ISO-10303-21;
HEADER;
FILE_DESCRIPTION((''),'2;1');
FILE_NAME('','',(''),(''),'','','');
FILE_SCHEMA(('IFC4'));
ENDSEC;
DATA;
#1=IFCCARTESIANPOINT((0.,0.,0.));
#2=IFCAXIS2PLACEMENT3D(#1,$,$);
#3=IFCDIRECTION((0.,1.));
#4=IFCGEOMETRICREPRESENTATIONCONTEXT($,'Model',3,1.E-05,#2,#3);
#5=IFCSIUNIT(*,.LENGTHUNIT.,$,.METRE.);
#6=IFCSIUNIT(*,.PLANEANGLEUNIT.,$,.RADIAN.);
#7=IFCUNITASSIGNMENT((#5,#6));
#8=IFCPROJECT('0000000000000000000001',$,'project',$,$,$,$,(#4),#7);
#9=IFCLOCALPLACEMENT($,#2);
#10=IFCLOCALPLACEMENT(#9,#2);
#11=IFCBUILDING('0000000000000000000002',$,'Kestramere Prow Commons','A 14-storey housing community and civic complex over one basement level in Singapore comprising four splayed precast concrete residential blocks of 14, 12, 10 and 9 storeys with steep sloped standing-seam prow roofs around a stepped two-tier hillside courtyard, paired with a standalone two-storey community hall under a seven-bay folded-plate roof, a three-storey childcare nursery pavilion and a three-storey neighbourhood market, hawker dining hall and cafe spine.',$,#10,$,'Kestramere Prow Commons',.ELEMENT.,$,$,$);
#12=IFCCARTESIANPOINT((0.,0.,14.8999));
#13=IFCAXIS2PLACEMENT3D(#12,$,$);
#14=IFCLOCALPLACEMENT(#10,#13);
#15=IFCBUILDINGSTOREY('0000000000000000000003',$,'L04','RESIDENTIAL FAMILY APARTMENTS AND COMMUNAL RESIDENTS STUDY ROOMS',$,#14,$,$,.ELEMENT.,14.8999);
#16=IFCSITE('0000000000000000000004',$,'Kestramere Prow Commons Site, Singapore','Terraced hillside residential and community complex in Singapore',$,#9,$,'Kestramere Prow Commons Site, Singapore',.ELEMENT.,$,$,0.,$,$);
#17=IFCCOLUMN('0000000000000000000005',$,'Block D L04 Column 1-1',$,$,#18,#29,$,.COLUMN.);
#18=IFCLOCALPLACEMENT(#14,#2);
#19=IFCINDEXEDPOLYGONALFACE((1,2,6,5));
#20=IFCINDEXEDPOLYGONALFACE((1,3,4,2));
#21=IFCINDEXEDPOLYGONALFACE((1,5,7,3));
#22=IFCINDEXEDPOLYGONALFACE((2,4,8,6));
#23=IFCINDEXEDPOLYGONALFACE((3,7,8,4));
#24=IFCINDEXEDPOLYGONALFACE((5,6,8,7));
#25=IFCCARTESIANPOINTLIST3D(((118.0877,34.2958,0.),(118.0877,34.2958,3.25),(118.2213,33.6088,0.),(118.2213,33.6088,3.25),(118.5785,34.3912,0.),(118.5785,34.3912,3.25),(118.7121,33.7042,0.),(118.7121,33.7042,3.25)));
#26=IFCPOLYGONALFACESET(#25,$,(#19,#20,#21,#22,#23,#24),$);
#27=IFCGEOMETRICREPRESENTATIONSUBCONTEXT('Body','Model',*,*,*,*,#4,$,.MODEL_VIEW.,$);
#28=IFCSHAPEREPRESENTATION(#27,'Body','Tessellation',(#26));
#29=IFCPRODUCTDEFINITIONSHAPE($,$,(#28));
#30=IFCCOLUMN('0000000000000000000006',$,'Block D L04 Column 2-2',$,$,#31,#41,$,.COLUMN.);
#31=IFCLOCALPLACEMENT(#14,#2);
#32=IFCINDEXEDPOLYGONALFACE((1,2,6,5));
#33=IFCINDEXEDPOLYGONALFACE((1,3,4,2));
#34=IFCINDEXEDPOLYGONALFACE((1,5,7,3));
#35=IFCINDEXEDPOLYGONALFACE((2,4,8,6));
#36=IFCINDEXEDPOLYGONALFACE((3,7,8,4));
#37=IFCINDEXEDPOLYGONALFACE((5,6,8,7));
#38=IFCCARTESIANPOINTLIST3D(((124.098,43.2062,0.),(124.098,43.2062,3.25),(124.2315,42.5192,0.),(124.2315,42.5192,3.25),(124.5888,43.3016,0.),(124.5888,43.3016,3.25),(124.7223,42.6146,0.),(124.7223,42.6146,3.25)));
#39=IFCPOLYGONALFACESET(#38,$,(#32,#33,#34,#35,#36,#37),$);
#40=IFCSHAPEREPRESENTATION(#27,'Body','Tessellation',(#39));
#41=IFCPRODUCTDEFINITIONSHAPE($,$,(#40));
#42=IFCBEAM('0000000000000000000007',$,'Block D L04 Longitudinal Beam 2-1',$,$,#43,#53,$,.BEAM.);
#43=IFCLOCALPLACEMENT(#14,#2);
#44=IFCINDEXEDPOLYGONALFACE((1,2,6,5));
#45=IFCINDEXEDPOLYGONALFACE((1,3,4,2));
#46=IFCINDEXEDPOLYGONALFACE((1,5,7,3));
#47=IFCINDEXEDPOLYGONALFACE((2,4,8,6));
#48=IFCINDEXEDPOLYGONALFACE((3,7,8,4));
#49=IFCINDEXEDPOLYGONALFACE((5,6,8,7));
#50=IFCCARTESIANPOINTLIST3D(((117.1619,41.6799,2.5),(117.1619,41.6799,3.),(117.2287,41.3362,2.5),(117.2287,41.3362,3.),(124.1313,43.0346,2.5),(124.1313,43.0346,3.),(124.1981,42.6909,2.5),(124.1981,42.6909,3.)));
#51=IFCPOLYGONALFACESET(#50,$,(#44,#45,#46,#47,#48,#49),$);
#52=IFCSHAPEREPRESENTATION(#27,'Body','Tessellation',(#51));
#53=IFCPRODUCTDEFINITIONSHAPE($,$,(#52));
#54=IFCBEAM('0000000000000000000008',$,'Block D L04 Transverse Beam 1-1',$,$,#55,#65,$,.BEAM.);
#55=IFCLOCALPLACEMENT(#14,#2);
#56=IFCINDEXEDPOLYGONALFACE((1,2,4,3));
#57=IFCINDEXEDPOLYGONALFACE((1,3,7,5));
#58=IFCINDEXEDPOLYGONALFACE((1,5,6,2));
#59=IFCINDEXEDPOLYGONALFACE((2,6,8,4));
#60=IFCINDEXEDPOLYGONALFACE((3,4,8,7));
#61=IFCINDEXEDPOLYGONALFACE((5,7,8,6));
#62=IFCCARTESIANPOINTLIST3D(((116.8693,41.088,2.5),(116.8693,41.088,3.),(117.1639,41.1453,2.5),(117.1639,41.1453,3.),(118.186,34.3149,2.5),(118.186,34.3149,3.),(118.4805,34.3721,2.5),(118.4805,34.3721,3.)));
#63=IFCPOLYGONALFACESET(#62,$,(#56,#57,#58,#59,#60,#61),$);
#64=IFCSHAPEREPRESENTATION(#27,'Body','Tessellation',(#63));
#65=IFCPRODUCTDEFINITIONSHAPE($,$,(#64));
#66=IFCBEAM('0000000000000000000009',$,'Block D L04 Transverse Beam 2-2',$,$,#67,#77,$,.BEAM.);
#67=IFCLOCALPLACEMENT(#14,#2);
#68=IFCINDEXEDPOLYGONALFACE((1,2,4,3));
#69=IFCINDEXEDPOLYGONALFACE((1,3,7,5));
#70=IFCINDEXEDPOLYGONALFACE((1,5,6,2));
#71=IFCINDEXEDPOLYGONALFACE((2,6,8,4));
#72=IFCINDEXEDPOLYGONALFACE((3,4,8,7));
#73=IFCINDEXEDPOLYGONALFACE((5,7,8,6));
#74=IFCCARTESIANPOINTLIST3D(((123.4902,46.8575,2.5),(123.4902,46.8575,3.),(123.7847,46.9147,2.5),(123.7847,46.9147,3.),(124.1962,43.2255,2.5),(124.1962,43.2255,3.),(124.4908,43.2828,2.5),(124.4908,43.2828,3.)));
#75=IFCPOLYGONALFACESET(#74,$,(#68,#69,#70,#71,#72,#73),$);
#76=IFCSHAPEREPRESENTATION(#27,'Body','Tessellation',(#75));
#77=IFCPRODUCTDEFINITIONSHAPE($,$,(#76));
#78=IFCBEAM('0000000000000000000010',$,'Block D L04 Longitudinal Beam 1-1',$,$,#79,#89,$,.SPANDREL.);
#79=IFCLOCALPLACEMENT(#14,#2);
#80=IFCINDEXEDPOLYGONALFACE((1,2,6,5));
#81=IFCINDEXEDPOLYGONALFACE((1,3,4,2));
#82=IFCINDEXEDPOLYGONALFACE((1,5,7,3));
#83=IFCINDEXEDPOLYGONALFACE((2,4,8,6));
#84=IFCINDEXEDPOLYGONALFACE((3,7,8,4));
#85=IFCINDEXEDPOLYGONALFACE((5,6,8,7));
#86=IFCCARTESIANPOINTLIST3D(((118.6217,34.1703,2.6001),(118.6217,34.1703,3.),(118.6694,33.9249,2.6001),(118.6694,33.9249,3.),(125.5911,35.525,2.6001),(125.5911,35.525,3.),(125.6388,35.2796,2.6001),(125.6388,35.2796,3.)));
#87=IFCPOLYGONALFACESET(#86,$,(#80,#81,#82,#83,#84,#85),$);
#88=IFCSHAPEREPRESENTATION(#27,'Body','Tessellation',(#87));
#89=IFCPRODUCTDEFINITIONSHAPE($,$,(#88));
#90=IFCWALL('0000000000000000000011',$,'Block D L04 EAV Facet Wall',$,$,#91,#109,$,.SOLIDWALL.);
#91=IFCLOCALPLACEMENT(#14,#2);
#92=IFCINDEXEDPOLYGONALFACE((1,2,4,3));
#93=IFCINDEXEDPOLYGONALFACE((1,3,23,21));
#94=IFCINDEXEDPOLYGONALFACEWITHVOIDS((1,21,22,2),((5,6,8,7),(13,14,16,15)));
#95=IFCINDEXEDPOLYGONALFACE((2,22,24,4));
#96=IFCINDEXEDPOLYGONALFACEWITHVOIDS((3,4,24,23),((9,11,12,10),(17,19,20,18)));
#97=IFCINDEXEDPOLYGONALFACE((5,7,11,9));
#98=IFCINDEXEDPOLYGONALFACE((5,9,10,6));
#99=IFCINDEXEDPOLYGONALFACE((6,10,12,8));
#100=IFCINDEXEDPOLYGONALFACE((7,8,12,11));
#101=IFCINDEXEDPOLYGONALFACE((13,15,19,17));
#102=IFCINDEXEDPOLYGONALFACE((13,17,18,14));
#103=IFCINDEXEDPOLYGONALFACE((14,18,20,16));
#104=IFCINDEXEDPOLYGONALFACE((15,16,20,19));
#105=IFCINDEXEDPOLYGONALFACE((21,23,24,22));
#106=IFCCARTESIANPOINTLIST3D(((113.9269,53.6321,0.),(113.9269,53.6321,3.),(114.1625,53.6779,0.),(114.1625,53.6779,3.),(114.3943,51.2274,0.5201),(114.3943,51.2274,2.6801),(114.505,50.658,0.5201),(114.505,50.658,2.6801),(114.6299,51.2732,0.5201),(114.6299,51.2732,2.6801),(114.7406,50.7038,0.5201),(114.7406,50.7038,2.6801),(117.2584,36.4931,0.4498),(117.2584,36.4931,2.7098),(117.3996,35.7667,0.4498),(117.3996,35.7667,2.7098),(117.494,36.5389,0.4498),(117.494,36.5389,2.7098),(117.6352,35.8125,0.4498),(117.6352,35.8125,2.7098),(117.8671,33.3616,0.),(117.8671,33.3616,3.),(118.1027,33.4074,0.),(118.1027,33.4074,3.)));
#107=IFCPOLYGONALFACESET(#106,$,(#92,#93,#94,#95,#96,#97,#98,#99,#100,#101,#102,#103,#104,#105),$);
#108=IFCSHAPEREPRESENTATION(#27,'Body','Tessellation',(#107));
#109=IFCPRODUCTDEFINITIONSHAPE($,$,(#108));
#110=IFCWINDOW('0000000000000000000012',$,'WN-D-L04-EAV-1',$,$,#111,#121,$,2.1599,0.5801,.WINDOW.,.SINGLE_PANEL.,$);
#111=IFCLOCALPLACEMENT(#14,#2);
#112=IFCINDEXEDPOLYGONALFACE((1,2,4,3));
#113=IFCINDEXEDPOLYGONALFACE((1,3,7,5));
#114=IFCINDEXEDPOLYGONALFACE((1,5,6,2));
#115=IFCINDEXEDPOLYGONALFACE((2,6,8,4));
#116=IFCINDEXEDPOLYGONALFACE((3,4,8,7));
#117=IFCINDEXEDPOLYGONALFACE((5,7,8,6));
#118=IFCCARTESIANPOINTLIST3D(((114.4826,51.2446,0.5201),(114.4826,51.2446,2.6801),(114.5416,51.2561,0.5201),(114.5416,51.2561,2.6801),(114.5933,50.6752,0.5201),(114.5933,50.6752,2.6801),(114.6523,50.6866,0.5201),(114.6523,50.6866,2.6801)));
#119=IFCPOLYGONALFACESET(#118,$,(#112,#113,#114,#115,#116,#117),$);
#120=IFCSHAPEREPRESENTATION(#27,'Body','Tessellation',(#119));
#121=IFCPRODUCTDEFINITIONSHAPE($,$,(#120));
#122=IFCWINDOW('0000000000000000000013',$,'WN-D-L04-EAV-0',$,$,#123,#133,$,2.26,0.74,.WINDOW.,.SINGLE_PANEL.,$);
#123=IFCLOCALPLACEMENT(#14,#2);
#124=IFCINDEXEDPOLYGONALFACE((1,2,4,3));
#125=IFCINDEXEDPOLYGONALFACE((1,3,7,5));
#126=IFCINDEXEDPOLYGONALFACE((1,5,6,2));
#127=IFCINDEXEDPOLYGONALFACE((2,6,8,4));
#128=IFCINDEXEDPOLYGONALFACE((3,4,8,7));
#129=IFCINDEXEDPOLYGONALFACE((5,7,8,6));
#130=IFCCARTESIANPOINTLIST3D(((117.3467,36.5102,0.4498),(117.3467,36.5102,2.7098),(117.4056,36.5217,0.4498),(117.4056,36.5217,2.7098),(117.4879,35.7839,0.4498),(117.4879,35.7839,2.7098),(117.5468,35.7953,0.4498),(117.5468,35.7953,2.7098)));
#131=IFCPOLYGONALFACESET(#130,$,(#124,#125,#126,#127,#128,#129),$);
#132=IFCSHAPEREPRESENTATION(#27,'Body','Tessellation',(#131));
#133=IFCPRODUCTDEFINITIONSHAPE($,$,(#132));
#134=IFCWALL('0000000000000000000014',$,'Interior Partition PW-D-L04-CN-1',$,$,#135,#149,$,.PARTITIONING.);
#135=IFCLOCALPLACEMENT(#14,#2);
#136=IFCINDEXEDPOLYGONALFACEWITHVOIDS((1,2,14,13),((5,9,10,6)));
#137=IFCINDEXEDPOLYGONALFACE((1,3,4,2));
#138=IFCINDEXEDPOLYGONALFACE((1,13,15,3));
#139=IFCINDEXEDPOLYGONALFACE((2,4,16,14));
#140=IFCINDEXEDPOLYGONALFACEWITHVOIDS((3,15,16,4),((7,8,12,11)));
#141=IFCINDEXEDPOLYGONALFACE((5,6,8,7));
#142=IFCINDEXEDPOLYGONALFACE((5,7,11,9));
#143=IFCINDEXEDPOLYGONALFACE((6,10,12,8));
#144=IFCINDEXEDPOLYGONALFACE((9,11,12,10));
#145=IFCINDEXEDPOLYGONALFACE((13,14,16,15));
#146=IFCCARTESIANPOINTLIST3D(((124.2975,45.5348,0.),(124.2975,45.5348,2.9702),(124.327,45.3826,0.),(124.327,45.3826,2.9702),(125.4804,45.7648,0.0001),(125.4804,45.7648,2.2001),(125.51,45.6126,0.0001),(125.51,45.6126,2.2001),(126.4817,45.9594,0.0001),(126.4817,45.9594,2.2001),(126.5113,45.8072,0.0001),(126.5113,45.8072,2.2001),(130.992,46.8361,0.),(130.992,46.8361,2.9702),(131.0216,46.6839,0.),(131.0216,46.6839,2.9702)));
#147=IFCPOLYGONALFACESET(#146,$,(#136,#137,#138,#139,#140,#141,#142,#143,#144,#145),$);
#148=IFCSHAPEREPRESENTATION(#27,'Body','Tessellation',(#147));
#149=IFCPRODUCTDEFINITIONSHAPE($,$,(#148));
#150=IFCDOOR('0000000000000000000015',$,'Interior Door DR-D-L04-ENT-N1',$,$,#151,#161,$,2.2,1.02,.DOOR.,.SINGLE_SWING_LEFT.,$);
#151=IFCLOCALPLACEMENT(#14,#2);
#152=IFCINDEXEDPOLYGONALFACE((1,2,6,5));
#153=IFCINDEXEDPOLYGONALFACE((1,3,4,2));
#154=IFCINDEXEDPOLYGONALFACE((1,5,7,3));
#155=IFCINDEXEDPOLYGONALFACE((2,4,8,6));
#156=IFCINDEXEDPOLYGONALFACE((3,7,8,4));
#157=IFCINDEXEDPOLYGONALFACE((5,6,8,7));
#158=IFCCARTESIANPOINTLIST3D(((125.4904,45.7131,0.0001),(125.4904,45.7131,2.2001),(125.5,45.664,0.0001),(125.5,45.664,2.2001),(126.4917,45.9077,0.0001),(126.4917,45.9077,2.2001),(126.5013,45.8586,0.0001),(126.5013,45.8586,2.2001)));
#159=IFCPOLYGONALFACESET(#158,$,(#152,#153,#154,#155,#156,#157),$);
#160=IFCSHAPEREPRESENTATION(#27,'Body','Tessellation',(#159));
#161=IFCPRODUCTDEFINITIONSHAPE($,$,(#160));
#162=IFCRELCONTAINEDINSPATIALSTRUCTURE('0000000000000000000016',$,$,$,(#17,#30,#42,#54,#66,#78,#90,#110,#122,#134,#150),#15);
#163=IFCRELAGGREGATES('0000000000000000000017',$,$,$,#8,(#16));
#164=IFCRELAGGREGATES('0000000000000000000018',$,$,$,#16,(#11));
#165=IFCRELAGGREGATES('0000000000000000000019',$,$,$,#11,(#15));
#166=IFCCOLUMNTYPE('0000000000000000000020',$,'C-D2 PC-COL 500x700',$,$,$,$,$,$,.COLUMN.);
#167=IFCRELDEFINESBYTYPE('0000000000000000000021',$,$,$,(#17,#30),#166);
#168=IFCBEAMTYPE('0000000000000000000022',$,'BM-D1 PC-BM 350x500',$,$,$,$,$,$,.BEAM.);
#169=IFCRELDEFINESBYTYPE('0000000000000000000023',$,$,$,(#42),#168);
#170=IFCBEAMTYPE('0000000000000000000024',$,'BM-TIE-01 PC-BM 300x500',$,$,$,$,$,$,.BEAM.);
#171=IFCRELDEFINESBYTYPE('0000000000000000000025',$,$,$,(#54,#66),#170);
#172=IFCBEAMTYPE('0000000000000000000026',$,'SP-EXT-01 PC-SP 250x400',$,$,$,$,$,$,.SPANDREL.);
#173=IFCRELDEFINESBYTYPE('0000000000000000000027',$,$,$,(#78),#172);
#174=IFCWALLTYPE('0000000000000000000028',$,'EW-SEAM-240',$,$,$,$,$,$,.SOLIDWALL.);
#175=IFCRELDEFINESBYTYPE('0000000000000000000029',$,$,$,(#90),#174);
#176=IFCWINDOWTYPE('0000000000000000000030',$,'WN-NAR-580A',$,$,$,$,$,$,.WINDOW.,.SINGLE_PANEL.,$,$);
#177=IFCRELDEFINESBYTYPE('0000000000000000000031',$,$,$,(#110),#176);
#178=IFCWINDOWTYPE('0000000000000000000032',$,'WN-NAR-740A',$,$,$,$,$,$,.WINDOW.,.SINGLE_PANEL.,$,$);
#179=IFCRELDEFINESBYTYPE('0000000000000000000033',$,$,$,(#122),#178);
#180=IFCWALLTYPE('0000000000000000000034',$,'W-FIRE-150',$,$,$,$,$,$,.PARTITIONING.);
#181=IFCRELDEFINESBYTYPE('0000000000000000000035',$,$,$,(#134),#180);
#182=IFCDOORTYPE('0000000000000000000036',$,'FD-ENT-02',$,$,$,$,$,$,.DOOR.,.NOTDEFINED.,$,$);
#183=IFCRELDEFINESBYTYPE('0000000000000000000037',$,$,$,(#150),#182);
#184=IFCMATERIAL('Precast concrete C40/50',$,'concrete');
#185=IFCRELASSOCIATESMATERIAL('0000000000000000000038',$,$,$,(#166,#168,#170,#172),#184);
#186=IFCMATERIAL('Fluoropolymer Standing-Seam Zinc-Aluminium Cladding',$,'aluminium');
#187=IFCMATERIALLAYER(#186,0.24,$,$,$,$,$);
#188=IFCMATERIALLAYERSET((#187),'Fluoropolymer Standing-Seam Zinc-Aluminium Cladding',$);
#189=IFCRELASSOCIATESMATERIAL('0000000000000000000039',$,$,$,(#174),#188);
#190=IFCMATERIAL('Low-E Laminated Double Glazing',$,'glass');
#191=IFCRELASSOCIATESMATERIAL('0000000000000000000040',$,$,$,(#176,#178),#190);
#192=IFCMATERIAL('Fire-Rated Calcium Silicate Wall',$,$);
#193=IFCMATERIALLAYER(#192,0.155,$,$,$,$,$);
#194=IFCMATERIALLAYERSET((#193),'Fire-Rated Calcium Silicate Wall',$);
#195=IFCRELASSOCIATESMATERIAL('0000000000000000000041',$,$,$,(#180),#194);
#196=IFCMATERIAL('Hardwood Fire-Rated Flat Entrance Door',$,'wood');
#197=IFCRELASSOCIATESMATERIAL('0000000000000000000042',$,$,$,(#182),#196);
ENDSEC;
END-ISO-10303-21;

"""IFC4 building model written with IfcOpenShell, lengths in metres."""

from ifc_helpers import new_model, si_unit, direction, frame, frame_2d, origin, origin_2d, place, context, subcontext, project, spatial, rectangle, extrude, material, layer, layer_set, material_profile, profile_set, type_object, element, fill, save


model = new_model("IFC4")

# Units and contexts
model_context = context("Model", 3, precision=1e-05, world=origin(), true_north=direction((0.0, 1.0)))
body_context = subcontext(model_context, "Body", "Model", "MODEL_VIEW")
ifc_project = project(units=[si_unit("LENGTHUNIT", "METRE"), si_unit("PLANEANGLEUNIT", "RADIAN")], contexts=[model_context])

# Site, building, storey
site_placement = place(None, origin())
site = spatial("IfcSite", under=ifc_project, at=site_placement, Name="Kestramere Prow Commons Site, Singapore", Description="Terraced hillside residential and community complex in Singapore", LongName="Kestramere Prow Commons Site, Singapore", CompositionType="ELEMENT", RefElevation=0.0)
building_placement = place(site_placement, origin())
building = spatial("IfcBuilding", under=site, at=building_placement, Name="Kestramere Prow Commons", Description="A 14-storey housing community and civic complex over one basement level in Singapore comprising four splayed precast concrete residential blocks of 14, 12, 10 and 9 storeys with steep sloped standing-seam prow roofs around a stepped two-tier hillside courtyard, paired with a standalone two-storey community hall under a seven-bay folded-plate roof, a three-storey childcare nursery pavilion and a three-storey neighbourhood market, hawker dining hall and cafe spine.", LongName="Kestramere Prow Commons", CompositionType="ELEMENT")
storey_placement = place(building_placement, frame((0.0, 0.0, 14.8999)))
storey = spatial("IfcBuildingStorey", under=building, at=storey_placement, Name="L04", Description="RESIDENTIAL FAMILY APARTMENTS AND COMMUNAL RESIDENTS STUDY ROOMS", CompositionType="ELEMENT", Elevation=14.8999)

# Columns
ifc_material_1 = material(Name="Precast concrete C40/50", Category="concrete")
ifc_material_profile_1 = material_profile(ifc_material_1, rectangle(XDim=0.5, YDim=0.7, at=origin_2d()), Name="PC-COL 500x700")
ifc_profile_set_1 = profile_set([ifc_material_profile_1], Name="Precast concrete C40/50")
column_type = type_object("IfcColumnType", Name="C-D2 PC-COL 500x700", PredefinedType="COLUMN", material=ifc_profile_set_1)
for number, where, z_axis, x_axis, name in (
    (1, (118.3999, 34.0, 0.0), (0.0, 0.0, 1.0), (0.981627, 0.190809, 0.0), "Block D L04 Column 1-1"),
    (2, (124.4102, 42.9104, 0.0), (0.0, 0.0, 1.0), (0.981627, 0.190809, 0.0), "Block D L04 Column 2-2"),
):
    element("IfcColumn", number, at=place(storey_placement, frame(where, z_axis=z_axis, x_axis=x_axis)), inside=storey, type_object=column_type, Name=name, PredefinedType="COLUMN", context=body_context, shape_type="SweptSolid", body=[
        extrude(rectangle(XDim=0.5, YDim=0.7, at=origin_2d()), origin(), (0.0, 0.0, 1.0), 3.25),
    ])

# Beams
ifc_material_profile_2 = material_profile(ifc_material_1, rectangle(XDim=0.3501, YDim=0.5, at=origin_2d()), Name="PC-BM 350x500")
ifc_profile_set_2 = profile_set([ifc_material_profile_2], Name="Precast concrete C40/50")
beam_type_1 = type_object("IfcBeamType", Name="BM-D1 PC-BM 350x500", PredefinedType="BEAM", material=ifc_profile_set_2)
beam_1_placement = place(storey_placement, frame((117.1953, 41.5081, 2.75), z_axis=(0.981627, 0.19081, 0.0), x_axis=(-0.19081, 0.981627, 0.0)))
element("IfcBeam", 3, at=beam_1_placement, inside=storey, type_object=beam_type_1, Name="Block D L04 Longitudinal Beam 2-1", PredefinedType="BEAM", context=body_context, shape_type="SweptSolid", body=[
    extrude(rectangle(XDim=0.3501, YDim=0.5, at=origin_2d()), origin(), (0.0, 0.0, 1.0), 7.0999),
])
ifc_material_profile_3 = material_profile(ifc_material_1, rectangle(XDim=0.3, YDim=0.5, at=origin_2d()), Name="PC-BM 300x500")
ifc_profile_set_3 = profile_set([ifc_material_profile_3], Name="Precast concrete C40/50")
beam_type_2 = type_object("IfcBeamType", Name="BM-TIE-01 PC-BM 300x500", PredefinedType="BEAM", material=ifc_profile_set_3)
beam_2_placement = place(storey_placement, frame((118.3333, 34.3435, 2.75), z_axis=(-0.190819, 0.981625, 0.0), x_axis=(-0.981625, -0.190819, 0.0)))
element("IfcBeam", 4, at=beam_2_placement, inside=storey, type_object=beam_type_2, Name="Block D L04 Transverse Beam 1-1", PredefinedType="BEAM", context=body_context, shape_type="SweptSolid", body=[
    extrude(rectangle(XDim=0.3, YDim=0.5, at=origin_2d()), origin(), (0.0, 0.0, 1.0), 6.8999),
])
beam_3_placement = place(storey_placement, frame((124.3435, 43.2542, 2.75), z_axis=(-0.190834, 0.981622, 0.0), x_axis=(-0.981622, -0.190834, 0.0)))
element("IfcBeam", 5, at=beam_3_placement, inside=storey, type_object=beam_type_2, Name="Block D L04 Transverse Beam 2-2", PredefinedType="BEAM", context=body_context, shape_type="SweptSolid", body=[
    extrude(rectangle(XDim=0.3, YDim=0.5, at=origin_2d()), origin(), (0.0, 0.0, 1.0), 3.7),
])
ifc_material_profile_4 = material_profile(ifc_material_1, rectangle(XDim=0.25, YDim=0.3999, at=origin_2d()), Name="PC-SP 250x400")
ifc_profile_set_4 = profile_set([ifc_material_profile_4], Name="Precast concrete C40/50")
beam_type_3 = type_object("IfcBeamType", Name="SP-EXT-01 PC-SP 250x400", PredefinedType="SPANDREL", material=ifc_profile_set_4)
beam_4_placement = place(storey_placement, frame((118.6455, 34.0476, 2.8), z_axis=(0.981627, 0.19081, 0.0), x_axis=(-0.19081, 0.981627, 0.0)))
element("IfcBeam", 6, at=beam_4_placement, inside=storey, type_object=beam_type_3, Name="Block D L04 Longitudinal Beam 1-1", PredefinedType="SPANDREL", context=body_context, shape_type="SweptSolid", body=[
    extrude(rectangle(XDim=0.25, YDim=0.3999, at=origin_2d()), origin(), (0.0, 0.0, 1.0), 7.0999),
])

# Wall, openings, windows
ifc_material_2 = material(Name="Fluoropolymer Standing-Seam Zinc-Aluminium Cladding", Category="aluminium")
ifc_layer_1 = layer(ifc_material_2, 0.24)
ifc_layer_set_1 = layer_set([ifc_layer_1], Name="Fluoropolymer Standing-Seam Zinc-Aluminium Cladding")
wall_type_1 = type_object("IfcWallType", Name="EW-SEAM-240", PredefinedType="SOLIDWALL", material=ifc_layer_set_1)
wall_1_placement = place(storey_placement, frame((117.9849, 33.3845, 0.0), z_axis=(0.0, 0.0, 1.0), x_axis=(-0.190809, 0.981627, 0.0)))
wall_1 = element("IfcWall", 7, at=wall_1_placement, inside=storey, type_object=wall_type_1, Name="Block D L04 EAV Facet Wall", PredefinedType="SOLIDWALL", context=body_context, shape_type="SweptSolid", body=[
    extrude(rectangle(XDim=20.6499, YDim=0.24, at=frame_2d((10.325, 0.0))), origin(), (0.0, 0.0, 1.0), 3.0),
])
opening_1_placement = place(wall_1_placement, frame((2.45, 0.0, 0.45)))
opening_1 = element("IfcOpeningElement", 8, at=opening_1_placement, cuts=wall_1, PredefinedType="OPENING", context=body_context, shape_type="SweptSolid", body=[
    extrude(rectangle(XDim=0.74, YDim=2.26, at=frame_2d((0.3701, 1.1299))), frame((0.0, 0.135, 0.0), z_axis=(0.0, -1.0, 0.0), x_axis=(1.0, 0.0, 0.0)), (0.0, 0.0, 1.0), 0.27),
])
opening_2_placement = place(wall_1_placement, frame((17.6201, 0.0, 0.52)))
opening_2 = element("IfcOpeningElement", 9, at=opening_2_placement, cuts=wall_1, PredefinedType="OPENING", context=body_context, shape_type="SweptSolid", body=[
    extrude(rectangle(XDim=0.5801, YDim=2.1599, at=frame_2d((0.29, 1.0801))), frame((0.0, 0.135, 0.0), z_axis=(0.0, -1.0, 0.0), x_axis=(1.0, 0.0, 0.0)), (0.0, 0.0, 1.0), 0.27),
])
ifc_material_3 = material(Name="Low-E Laminated Double Glazing", Category="glass")
window_type_1 = type_object("IfcWindowType", Name="WN-NAR-580A", PartitioningType="SINGLE_PANEL", PredefinedType="WINDOW", material=ifc_material_3)
window_1_placement = place(opening_2_placement, origin())
window_1 = element("IfcWindow", 10, at=window_1_placement, inside=storey, type_object=window_type_1, Name="WN-D-L04-EAV-1", OverallHeight=2.1599, OverallWidth=0.5801, PartitioningType="SINGLE_PANEL", PredefinedType="WINDOW", context=body_context, shape_type="SweptSolid", body=[
    extrude(rectangle(XDim=0.5801, YDim=2.1599, at=frame_2d((0.29, 1.0801))), frame((0.0, 0.03, 0.0), z_axis=(0.0, -1.0, 0.0), x_axis=(1.0, 0.0, 0.0)), (0.0, 0.0, 1.0), 0.0601),
])
fill(opening_2, window_1)
window_type_2 = type_object("IfcWindowType", Name="WN-NAR-740A", PartitioningType="SINGLE_PANEL", PredefinedType="WINDOW", material=ifc_material_3)
window_2_placement = place(opening_1_placement, origin())
window_2 = element("IfcWindow", 11, at=window_2_placement, inside=storey, type_object=window_type_2, Name="WN-D-L04-EAV-0", OverallHeight=2.26, OverallWidth=0.74, PartitioningType="SINGLE_PANEL", PredefinedType="WINDOW", context=body_context, shape_type="SweptSolid", body=[
    extrude(rectangle(XDim=0.74, YDim=2.26, at=frame_2d((0.3701, 1.1299))), frame((0.0, 0.03, 0.0), z_axis=(0.0, -1.0, 0.0), x_axis=(1.0, 0.0, 0.0)), (0.0, 0.0, 1.0), 0.0601),
])
fill(opening_1, window_2)

# Wall, opening, door
ifc_material_4 = material(Name="Fire-Rated Calcium Silicate Wall")
ifc_layer_2 = layer(ifc_material_4, 0.155)
ifc_layer_set_2 = layer_set([ifc_layer_2], Name="Fire-Rated Calcium Silicate Wall")
wall_type_2 = type_object("IfcWallType", Name="W-FIRE-150", PredefinedType="PARTITIONING", material=ifc_layer_set_2)
wall_2_placement = place(storey_placement, frame((124.3123, 45.4587, 0.0), z_axis=(0.0, 0.0, 1.0), x_axis=(0.981628, 0.190805, 0.0)))
wall_2 = element("IfcWall", 12, at=wall_2_placement, inside=storey, type_object=wall_type_2, Name="Interior Partition PW-D-L04-CN-1", PredefinedType="PARTITIONING", context=body_context, shape_type="SweptSolid", body=[
    extrude(rectangle(XDim=6.8198, YDim=0.155, at=frame_2d((3.4099, 0.0))), origin(), (0.0, 0.0, 1.0), 2.9702),
])
opening_3_placement = place(wall_2_placement, frame((1.2051, 0.0, 0.0)))
opening_3 = element("IfcOpeningElement", 13, at=opening_3_placement, cuts=wall_2, PredefinedType="OPENING", context=body_context, shape_type="SweptSolid", body=[
    extrude(rectangle(XDim=1.02, YDim=2.2, at=frame_2d((0.51, 1.1001))), frame((0.0, 0.0925, 0.0), z_axis=(0.0, -1.0, 0.0), x_axis=(1.0, 0.0, 0.0)), (0.0, 0.0, 1.0), 0.1851),
])
ifc_material_5 = material(Name="Hardwood Fire-Rated Flat Entrance Door", Category="wood")
door_type_1 = type_object("IfcDoorType", Name="FD-ENT-02", OperationType="NOTDEFINED", PredefinedType="DOOR", material=ifc_material_5)
door_1_placement = place(opening_3_placement, origin())
door_1 = element("IfcDoor", 14, at=door_1_placement, inside=storey, type_object=door_type_1, Name="Interior Door DR-D-L04-ENT-N1", OperationType="SINGLE_SWING_LEFT", OverallHeight=2.2, OverallWidth=1.02, PredefinedType="DOOR", context=body_context, shape_type="SweptSolid", body=[
    extrude(rectangle(XDim=1.02, YDim=2.2, at=frame_2d((0.51, 1.1001))), frame((0.0, 0.0249, 0.0), z_axis=(0.0, -1.0, 0.0), x_axis=(1.0, 0.0, 0.0)), (0.0, 0.0, 1.0), 0.05),
])
fill(opening_3, door_1)

save(model, "model.ifc")
